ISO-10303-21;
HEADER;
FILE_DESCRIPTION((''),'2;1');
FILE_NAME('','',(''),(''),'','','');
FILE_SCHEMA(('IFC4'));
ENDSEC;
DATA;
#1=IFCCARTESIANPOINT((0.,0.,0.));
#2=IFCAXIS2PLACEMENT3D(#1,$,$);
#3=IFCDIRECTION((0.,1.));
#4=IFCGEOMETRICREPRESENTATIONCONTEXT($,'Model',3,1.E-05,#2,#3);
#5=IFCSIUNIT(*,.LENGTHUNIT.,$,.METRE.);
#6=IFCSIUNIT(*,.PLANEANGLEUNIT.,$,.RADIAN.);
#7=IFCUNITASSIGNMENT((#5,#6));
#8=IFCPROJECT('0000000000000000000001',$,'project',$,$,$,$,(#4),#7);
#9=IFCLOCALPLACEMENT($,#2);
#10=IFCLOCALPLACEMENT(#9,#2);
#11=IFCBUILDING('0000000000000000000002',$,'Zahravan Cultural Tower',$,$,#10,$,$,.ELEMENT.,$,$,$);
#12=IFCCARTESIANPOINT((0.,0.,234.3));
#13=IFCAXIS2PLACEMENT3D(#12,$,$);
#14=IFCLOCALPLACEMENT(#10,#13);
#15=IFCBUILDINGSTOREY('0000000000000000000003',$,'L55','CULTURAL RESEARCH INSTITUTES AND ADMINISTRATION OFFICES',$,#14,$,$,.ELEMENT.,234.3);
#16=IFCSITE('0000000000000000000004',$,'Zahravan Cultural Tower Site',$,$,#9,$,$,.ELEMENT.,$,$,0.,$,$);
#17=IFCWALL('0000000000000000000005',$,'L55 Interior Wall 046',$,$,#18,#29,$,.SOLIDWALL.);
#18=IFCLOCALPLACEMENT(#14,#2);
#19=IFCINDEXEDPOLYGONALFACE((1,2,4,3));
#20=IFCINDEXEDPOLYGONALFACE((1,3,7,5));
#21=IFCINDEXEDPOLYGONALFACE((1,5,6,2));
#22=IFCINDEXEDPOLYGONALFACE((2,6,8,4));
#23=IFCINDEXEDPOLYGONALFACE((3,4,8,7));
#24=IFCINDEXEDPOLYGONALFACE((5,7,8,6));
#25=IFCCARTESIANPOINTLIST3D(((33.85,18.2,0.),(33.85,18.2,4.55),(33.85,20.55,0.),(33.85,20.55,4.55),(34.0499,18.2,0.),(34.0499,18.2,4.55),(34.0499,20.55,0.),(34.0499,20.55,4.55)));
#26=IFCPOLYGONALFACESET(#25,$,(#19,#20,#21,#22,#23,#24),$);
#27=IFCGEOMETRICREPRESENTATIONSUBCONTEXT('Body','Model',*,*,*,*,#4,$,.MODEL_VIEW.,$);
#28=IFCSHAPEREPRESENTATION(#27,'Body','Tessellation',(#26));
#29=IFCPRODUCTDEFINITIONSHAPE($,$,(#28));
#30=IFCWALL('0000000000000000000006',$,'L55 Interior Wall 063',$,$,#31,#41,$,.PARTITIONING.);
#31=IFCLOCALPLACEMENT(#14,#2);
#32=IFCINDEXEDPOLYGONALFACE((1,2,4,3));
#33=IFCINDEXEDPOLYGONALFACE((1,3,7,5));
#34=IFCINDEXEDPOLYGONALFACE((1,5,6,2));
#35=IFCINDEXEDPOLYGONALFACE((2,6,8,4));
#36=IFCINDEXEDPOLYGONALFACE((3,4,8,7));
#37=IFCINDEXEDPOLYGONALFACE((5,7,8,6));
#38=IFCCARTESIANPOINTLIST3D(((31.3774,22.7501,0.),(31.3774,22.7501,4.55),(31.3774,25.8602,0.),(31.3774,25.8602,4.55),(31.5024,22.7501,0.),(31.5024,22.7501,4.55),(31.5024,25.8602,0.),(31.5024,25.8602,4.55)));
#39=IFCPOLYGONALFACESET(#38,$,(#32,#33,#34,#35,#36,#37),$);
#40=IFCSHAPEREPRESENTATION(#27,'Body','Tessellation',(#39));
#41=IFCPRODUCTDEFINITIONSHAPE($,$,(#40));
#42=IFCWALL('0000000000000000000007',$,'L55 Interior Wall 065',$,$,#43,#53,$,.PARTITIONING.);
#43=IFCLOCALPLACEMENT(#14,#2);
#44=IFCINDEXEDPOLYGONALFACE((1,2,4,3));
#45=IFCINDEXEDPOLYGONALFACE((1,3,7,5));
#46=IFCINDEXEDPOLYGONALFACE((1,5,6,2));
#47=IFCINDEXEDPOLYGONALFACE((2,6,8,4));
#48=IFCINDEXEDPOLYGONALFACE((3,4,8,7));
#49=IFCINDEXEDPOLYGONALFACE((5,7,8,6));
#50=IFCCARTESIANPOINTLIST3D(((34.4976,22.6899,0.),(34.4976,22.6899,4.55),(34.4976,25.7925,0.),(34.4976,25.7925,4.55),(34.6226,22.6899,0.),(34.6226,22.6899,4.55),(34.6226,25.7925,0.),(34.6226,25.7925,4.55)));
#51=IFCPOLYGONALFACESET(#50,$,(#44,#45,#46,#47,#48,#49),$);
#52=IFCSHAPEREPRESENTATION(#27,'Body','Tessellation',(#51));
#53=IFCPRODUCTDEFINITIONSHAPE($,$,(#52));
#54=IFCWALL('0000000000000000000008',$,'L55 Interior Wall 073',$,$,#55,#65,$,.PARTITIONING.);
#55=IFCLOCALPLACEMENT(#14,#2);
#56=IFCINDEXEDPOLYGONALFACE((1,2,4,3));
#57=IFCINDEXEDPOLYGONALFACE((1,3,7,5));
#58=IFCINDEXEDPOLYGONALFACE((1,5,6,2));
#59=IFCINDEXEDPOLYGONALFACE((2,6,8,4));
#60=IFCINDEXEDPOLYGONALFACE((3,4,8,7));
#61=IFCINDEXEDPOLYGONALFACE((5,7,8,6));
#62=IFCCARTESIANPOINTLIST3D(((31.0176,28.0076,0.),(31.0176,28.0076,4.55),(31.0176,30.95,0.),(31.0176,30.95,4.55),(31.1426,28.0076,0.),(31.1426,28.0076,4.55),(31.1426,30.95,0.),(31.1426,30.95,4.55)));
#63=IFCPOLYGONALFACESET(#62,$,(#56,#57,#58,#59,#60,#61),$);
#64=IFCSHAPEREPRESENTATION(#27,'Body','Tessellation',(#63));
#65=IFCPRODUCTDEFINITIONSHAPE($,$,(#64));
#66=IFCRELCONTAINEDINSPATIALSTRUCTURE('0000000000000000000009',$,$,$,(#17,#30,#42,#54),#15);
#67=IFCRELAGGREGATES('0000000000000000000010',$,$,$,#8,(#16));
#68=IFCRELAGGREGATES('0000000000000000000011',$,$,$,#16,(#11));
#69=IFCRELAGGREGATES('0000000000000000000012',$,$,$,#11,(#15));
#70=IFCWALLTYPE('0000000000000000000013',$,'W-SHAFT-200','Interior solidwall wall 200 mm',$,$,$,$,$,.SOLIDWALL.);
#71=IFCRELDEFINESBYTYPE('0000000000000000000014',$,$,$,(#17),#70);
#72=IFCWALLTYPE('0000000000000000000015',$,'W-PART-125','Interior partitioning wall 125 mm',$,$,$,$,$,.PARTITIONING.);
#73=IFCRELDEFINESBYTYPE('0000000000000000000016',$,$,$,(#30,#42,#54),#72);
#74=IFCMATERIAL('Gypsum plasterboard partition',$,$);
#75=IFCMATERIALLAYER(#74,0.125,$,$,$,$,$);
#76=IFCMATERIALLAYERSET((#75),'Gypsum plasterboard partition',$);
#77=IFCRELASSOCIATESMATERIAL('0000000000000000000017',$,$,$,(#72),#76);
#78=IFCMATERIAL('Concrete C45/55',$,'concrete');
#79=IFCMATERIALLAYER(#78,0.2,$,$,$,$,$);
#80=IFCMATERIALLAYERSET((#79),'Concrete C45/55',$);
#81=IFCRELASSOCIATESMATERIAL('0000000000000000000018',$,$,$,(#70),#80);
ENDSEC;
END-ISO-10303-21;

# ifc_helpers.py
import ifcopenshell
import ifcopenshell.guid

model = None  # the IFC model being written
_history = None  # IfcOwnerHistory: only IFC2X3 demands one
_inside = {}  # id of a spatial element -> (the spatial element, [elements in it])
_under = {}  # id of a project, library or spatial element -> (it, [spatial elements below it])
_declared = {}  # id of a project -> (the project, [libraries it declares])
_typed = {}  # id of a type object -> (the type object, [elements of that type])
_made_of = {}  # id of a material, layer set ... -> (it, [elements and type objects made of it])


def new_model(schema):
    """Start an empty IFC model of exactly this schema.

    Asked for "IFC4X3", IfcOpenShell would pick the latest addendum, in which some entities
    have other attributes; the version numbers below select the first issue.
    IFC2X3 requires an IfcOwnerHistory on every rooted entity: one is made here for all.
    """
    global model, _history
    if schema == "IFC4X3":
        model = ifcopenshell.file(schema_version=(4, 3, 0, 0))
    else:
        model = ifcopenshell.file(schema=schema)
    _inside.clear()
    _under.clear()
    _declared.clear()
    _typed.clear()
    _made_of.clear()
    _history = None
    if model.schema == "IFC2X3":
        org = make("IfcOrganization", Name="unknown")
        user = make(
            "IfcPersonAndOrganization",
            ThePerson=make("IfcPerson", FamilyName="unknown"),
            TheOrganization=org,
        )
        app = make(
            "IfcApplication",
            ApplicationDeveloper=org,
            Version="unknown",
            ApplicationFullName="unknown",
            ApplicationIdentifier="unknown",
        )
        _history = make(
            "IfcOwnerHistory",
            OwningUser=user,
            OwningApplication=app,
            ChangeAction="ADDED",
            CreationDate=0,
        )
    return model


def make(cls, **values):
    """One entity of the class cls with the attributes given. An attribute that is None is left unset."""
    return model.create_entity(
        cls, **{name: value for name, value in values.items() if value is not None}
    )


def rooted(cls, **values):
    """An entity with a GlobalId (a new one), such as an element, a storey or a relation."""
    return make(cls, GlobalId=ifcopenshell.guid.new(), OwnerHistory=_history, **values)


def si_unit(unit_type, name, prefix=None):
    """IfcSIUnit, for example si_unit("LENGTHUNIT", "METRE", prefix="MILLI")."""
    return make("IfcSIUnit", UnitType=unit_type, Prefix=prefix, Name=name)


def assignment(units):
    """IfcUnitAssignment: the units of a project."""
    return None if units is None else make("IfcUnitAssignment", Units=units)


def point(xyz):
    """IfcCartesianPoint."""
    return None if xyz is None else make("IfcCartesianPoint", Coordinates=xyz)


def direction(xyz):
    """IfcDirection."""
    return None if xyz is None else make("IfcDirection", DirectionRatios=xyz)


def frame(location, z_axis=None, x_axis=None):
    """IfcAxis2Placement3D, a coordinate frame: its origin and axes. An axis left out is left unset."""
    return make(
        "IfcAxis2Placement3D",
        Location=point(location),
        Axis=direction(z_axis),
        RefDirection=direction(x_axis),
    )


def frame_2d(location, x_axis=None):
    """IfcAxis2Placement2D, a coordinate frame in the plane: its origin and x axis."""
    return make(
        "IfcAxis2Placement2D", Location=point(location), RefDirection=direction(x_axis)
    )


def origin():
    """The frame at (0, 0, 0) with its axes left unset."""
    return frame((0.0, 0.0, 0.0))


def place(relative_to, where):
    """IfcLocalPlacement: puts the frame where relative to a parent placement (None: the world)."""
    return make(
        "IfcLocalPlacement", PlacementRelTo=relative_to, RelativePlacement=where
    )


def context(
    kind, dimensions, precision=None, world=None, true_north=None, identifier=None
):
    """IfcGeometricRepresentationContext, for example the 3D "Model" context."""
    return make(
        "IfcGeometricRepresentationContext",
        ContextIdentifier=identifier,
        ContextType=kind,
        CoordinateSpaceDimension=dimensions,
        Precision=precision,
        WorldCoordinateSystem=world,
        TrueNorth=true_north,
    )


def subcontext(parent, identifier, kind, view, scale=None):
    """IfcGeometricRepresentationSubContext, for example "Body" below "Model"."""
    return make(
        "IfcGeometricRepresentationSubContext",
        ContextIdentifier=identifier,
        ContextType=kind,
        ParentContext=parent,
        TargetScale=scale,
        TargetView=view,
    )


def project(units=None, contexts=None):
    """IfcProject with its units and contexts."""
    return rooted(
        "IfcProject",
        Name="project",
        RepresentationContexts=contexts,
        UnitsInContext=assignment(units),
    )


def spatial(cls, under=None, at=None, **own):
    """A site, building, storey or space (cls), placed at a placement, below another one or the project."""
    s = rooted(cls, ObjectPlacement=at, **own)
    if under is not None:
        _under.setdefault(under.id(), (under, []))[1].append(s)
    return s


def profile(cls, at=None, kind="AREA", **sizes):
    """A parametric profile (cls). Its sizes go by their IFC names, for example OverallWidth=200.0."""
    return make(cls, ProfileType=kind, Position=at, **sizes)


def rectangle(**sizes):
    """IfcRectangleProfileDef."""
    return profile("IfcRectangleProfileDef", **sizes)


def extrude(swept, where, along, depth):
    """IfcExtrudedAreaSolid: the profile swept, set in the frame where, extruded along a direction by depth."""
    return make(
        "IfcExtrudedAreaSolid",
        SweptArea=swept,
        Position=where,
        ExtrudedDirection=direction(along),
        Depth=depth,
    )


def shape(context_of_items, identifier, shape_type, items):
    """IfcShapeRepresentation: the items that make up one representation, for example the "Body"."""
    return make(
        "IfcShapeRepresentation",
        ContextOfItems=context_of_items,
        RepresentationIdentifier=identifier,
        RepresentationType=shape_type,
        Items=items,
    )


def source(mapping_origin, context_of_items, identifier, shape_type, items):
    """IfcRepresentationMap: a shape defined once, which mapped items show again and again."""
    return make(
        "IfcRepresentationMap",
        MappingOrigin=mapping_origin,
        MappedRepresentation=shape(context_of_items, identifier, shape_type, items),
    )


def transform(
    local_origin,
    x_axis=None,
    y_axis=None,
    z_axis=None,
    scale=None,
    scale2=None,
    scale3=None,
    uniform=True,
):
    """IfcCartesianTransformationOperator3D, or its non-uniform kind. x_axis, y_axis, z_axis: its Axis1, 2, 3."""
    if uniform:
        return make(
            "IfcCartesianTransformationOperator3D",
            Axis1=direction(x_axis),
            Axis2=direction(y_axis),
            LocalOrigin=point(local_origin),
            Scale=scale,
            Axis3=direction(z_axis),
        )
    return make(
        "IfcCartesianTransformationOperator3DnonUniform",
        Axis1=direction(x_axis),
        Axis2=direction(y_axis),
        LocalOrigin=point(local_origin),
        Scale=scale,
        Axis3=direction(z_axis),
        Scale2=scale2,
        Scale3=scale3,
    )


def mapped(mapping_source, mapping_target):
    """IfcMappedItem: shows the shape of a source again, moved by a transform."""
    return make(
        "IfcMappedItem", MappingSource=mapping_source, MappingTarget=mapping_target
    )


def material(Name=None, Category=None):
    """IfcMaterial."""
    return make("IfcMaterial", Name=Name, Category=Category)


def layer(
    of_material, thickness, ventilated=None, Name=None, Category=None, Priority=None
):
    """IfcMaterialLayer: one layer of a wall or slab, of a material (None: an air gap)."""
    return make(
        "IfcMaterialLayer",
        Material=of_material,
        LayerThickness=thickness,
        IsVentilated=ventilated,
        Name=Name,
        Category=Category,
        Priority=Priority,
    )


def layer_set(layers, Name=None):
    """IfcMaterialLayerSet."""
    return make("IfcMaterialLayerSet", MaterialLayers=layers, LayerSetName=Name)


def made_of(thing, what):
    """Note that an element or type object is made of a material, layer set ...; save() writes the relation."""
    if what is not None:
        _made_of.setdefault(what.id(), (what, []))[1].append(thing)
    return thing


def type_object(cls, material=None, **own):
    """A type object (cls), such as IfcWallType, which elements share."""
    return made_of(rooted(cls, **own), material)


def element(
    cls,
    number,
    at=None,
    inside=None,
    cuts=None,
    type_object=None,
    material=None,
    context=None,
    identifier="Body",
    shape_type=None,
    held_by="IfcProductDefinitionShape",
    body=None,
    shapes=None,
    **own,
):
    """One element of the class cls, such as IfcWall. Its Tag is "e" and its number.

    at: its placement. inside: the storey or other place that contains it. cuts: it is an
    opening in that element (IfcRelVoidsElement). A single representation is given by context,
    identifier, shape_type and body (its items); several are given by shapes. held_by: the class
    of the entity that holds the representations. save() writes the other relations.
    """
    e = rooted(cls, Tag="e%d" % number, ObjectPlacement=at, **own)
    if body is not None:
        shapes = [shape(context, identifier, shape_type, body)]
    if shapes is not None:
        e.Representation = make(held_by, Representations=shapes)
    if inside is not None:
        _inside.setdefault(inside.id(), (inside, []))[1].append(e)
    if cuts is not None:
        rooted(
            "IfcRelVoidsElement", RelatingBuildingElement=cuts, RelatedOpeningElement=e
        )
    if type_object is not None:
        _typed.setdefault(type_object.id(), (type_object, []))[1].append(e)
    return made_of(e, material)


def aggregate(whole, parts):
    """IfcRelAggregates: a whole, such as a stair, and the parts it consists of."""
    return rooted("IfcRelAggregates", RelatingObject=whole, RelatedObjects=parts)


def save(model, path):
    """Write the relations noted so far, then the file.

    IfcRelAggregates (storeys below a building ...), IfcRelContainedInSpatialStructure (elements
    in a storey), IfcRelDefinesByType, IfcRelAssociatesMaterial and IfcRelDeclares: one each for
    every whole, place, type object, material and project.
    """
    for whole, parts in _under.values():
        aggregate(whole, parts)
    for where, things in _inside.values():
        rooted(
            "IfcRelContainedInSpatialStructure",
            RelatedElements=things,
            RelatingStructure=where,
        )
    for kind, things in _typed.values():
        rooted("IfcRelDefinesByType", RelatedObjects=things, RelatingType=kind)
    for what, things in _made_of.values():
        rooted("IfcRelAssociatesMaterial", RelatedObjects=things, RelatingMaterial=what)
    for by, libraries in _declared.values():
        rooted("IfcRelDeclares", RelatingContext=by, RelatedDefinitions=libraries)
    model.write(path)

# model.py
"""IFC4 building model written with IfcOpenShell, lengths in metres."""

from ifc_helpers import new_model, si_unit, direction, frame, frame_2d, origin, place, context, subcontext, project, spatial, rectangle, extrude, source, transform, mapped, material, layer, layer_set, type_object, element, save


model = new_model("IFC4")

# Units and contexts
model_context = context("Model", 3, precision=1e-05, world=origin(), true_north=direction((0.0, 1.0)))
body_context = subcontext(model_context, "Body", "Model", "MODEL_VIEW")
ifc_project = project(units=[si_unit("LENGTHUNIT", "METRE"), si_unit("PLANEANGLEUNIT", "RADIAN")], contexts=[model_context])

# Site, building, storey
site_placement = place(None, origin())
site = spatial("IfcSite", under=ifc_project, at=site_placement, Name="Zahravan Cultural Tower Site", CompositionType="ELEMENT", RefElevation=0.0)
building_placement = place(site_placement, origin())
building = spatial("IfcBuilding", under=site, at=building_placement, Name="Zahravan Cultural Tower", CompositionType="ELEMENT")
storey_placement = place(building_placement, frame((0.0, 0.0, 234.3)))
storey = spatial("IfcBuildingStorey", under=building, at=storey_placement, Name="L55", Description="CULTURAL RESEARCH INSTITUTES AND ADMINISTRATION OFFICES", CompositionType="ELEMENT", Elevation=234.3)

# Shared definitions
ifc_material_1 = material(Name="Gypsum plasterboard partition")
ifc_layer_1 = layer(ifc_material_1, 0.125)
ifc_layer_set_1 = layer_set([ifc_layer_1], Name="Gypsum plasterboard partition")
wall_type_1 = type_object("IfcWallType", Name="W-PART-125", Description="Interior partitioning wall 125 mm", PredefinedType="PARTITIONING", material=ifc_layer_set_1)

# Shared definitions
ifc_material_2 = material(Name="Concrete C45/55", Category="concrete")
ifc_layer_2 = layer(ifc_material_2, 0.2)
ifc_layer_set_2 = layer_set([ifc_layer_2], Name="Concrete C45/55")
wall_type_2 = type_object("IfcWallType", Name="W-SHAFT-200", Description="Interior solidwall wall 200 mm", PredefinedType="SOLIDWALL", material=ifc_layer_set_2)

# Walls
shared_shape_1 = source(origin(), body_context, "Body", "SweptSolid", [
    extrude(rectangle(XDim=2.3501, YDim=0.2, at=frame_2d((1.175, 0.0))), origin(), (0.0, 0.0, 1.0), 4.55),
])
for number, where, z_axis, x_axis, name in (
    (1, (33.95, 18.2, 0.0), (0.0, 0.0, 1.0), (0.0, 1.0, 0.0), "L55 Interior Wall 046"),
):
    element("IfcWall", number, at=place(storey_placement, frame(where, z_axis=z_axis, x_axis=x_axis)), inside=storey, type_object=wall_type_2, Name=name, PredefinedType="SOLIDWALL", context=body_context, shape_type="MappedRepresentation", body=[
        mapped(shared_shape_1, transform((0.0, 0.0, 0.0), x_axis=(1.0, 0.0, 0.0), y_axis=(0.0, 1.0, 0.0), z_axis=(0.0, 0.0, 1.0), scale=1.0)),
    ])
shared_shape_2 = source(origin(), body_context, "Body", "SweptSolid", [
    extrude(rectangle(XDim=3.1101, YDim=0.125, at=frame_2d((1.5552, 0.0))), origin(), (0.0, 0.0, 1.0), 4.55),
])
wall_1_placement = place(storey_placement, frame((31.4399, 22.75, 0.0), z_axis=(0.0, 0.0, 1.0), x_axis=(0.0, 1.0, 0.0)))
element("IfcWall", 2, at=wall_1_placement, inside=storey, type_object=wall_type_1, Name="L55 Interior Wall 063", PredefinedType="PARTITIONING", context=body_context, shape_type="MappedRepresentation", body=[
    mapped(shared_shape_2, transform((0.0, 0.0, 0.0), x_axis=(1.0, 0.0, 0.0), y_axis=(0.0, 1.0, 0.0), z_axis=(0.0, 0.0, 1.0), scale=1.0)),
])
shared_shape_3 = source(origin(), body_context, "Body", "SweptSolid", [
    extrude(rectangle(XDim=3.1025, YDim=0.125, at=frame_2d((1.5513, 0.0))), origin(), (0.0, 0.0, 1.0), 4.55),
])
wall_2_placement = place(storey_placement, frame((34.5601, 25.7925, 0.0), z_axis=(0.0, 0.0, 1.0), x_axis=(0.0, -1.0, 0.0)))
element("IfcWall", 3, at=wall_2_placement, inside=storey, type_object=wall_type_1, Name="L55 Interior Wall 065", PredefinedType="PARTITIONING", context=body_context, shape_type="MappedRepresentation", body=[
    mapped(shared_shape_3, transform((0.0, 0.0, 0.0), x_axis=(1.0, 0.0, 0.0), y_axis=(0.0, 1.0, 0.0), z_axis=(0.0, 0.0, 1.0), scale=1.0)),
])
shared_shape_4 = source(origin(), body_context, "Body", "SweptSolid", [
    extrude(rectangle(XDim=2.9424, YDim=0.125, at=frame_2d((1.4712, 0.0))), origin(), (0.0, 0.0, 1.0), 4.55),
])
wall_3_placement = place(storey_placement, frame((31.0801, 28.0076, 0.0), z_axis=(0.0, 0.0, 1.0), x_axis=(0.0, 1.0, 0.0)))
element("IfcWall", 4, at=wall_3_placement, inside=storey, type_object=wall_type_1, Name="L55 Interior Wall 073", PredefinedType="PARTITIONING", context=body_context, shape_type="MappedRepresentation", body=[
    mapped(shared_shape_4, transform((0.0, 0.0, 0.0), x_axis=(1.0, 0.0, 0.0), y_axis=(0.0, 1.0, 0.0), z_axis=(0.0, 0.0, 1.0), scale=1.0)),
])

save(model, "model.ifc")
